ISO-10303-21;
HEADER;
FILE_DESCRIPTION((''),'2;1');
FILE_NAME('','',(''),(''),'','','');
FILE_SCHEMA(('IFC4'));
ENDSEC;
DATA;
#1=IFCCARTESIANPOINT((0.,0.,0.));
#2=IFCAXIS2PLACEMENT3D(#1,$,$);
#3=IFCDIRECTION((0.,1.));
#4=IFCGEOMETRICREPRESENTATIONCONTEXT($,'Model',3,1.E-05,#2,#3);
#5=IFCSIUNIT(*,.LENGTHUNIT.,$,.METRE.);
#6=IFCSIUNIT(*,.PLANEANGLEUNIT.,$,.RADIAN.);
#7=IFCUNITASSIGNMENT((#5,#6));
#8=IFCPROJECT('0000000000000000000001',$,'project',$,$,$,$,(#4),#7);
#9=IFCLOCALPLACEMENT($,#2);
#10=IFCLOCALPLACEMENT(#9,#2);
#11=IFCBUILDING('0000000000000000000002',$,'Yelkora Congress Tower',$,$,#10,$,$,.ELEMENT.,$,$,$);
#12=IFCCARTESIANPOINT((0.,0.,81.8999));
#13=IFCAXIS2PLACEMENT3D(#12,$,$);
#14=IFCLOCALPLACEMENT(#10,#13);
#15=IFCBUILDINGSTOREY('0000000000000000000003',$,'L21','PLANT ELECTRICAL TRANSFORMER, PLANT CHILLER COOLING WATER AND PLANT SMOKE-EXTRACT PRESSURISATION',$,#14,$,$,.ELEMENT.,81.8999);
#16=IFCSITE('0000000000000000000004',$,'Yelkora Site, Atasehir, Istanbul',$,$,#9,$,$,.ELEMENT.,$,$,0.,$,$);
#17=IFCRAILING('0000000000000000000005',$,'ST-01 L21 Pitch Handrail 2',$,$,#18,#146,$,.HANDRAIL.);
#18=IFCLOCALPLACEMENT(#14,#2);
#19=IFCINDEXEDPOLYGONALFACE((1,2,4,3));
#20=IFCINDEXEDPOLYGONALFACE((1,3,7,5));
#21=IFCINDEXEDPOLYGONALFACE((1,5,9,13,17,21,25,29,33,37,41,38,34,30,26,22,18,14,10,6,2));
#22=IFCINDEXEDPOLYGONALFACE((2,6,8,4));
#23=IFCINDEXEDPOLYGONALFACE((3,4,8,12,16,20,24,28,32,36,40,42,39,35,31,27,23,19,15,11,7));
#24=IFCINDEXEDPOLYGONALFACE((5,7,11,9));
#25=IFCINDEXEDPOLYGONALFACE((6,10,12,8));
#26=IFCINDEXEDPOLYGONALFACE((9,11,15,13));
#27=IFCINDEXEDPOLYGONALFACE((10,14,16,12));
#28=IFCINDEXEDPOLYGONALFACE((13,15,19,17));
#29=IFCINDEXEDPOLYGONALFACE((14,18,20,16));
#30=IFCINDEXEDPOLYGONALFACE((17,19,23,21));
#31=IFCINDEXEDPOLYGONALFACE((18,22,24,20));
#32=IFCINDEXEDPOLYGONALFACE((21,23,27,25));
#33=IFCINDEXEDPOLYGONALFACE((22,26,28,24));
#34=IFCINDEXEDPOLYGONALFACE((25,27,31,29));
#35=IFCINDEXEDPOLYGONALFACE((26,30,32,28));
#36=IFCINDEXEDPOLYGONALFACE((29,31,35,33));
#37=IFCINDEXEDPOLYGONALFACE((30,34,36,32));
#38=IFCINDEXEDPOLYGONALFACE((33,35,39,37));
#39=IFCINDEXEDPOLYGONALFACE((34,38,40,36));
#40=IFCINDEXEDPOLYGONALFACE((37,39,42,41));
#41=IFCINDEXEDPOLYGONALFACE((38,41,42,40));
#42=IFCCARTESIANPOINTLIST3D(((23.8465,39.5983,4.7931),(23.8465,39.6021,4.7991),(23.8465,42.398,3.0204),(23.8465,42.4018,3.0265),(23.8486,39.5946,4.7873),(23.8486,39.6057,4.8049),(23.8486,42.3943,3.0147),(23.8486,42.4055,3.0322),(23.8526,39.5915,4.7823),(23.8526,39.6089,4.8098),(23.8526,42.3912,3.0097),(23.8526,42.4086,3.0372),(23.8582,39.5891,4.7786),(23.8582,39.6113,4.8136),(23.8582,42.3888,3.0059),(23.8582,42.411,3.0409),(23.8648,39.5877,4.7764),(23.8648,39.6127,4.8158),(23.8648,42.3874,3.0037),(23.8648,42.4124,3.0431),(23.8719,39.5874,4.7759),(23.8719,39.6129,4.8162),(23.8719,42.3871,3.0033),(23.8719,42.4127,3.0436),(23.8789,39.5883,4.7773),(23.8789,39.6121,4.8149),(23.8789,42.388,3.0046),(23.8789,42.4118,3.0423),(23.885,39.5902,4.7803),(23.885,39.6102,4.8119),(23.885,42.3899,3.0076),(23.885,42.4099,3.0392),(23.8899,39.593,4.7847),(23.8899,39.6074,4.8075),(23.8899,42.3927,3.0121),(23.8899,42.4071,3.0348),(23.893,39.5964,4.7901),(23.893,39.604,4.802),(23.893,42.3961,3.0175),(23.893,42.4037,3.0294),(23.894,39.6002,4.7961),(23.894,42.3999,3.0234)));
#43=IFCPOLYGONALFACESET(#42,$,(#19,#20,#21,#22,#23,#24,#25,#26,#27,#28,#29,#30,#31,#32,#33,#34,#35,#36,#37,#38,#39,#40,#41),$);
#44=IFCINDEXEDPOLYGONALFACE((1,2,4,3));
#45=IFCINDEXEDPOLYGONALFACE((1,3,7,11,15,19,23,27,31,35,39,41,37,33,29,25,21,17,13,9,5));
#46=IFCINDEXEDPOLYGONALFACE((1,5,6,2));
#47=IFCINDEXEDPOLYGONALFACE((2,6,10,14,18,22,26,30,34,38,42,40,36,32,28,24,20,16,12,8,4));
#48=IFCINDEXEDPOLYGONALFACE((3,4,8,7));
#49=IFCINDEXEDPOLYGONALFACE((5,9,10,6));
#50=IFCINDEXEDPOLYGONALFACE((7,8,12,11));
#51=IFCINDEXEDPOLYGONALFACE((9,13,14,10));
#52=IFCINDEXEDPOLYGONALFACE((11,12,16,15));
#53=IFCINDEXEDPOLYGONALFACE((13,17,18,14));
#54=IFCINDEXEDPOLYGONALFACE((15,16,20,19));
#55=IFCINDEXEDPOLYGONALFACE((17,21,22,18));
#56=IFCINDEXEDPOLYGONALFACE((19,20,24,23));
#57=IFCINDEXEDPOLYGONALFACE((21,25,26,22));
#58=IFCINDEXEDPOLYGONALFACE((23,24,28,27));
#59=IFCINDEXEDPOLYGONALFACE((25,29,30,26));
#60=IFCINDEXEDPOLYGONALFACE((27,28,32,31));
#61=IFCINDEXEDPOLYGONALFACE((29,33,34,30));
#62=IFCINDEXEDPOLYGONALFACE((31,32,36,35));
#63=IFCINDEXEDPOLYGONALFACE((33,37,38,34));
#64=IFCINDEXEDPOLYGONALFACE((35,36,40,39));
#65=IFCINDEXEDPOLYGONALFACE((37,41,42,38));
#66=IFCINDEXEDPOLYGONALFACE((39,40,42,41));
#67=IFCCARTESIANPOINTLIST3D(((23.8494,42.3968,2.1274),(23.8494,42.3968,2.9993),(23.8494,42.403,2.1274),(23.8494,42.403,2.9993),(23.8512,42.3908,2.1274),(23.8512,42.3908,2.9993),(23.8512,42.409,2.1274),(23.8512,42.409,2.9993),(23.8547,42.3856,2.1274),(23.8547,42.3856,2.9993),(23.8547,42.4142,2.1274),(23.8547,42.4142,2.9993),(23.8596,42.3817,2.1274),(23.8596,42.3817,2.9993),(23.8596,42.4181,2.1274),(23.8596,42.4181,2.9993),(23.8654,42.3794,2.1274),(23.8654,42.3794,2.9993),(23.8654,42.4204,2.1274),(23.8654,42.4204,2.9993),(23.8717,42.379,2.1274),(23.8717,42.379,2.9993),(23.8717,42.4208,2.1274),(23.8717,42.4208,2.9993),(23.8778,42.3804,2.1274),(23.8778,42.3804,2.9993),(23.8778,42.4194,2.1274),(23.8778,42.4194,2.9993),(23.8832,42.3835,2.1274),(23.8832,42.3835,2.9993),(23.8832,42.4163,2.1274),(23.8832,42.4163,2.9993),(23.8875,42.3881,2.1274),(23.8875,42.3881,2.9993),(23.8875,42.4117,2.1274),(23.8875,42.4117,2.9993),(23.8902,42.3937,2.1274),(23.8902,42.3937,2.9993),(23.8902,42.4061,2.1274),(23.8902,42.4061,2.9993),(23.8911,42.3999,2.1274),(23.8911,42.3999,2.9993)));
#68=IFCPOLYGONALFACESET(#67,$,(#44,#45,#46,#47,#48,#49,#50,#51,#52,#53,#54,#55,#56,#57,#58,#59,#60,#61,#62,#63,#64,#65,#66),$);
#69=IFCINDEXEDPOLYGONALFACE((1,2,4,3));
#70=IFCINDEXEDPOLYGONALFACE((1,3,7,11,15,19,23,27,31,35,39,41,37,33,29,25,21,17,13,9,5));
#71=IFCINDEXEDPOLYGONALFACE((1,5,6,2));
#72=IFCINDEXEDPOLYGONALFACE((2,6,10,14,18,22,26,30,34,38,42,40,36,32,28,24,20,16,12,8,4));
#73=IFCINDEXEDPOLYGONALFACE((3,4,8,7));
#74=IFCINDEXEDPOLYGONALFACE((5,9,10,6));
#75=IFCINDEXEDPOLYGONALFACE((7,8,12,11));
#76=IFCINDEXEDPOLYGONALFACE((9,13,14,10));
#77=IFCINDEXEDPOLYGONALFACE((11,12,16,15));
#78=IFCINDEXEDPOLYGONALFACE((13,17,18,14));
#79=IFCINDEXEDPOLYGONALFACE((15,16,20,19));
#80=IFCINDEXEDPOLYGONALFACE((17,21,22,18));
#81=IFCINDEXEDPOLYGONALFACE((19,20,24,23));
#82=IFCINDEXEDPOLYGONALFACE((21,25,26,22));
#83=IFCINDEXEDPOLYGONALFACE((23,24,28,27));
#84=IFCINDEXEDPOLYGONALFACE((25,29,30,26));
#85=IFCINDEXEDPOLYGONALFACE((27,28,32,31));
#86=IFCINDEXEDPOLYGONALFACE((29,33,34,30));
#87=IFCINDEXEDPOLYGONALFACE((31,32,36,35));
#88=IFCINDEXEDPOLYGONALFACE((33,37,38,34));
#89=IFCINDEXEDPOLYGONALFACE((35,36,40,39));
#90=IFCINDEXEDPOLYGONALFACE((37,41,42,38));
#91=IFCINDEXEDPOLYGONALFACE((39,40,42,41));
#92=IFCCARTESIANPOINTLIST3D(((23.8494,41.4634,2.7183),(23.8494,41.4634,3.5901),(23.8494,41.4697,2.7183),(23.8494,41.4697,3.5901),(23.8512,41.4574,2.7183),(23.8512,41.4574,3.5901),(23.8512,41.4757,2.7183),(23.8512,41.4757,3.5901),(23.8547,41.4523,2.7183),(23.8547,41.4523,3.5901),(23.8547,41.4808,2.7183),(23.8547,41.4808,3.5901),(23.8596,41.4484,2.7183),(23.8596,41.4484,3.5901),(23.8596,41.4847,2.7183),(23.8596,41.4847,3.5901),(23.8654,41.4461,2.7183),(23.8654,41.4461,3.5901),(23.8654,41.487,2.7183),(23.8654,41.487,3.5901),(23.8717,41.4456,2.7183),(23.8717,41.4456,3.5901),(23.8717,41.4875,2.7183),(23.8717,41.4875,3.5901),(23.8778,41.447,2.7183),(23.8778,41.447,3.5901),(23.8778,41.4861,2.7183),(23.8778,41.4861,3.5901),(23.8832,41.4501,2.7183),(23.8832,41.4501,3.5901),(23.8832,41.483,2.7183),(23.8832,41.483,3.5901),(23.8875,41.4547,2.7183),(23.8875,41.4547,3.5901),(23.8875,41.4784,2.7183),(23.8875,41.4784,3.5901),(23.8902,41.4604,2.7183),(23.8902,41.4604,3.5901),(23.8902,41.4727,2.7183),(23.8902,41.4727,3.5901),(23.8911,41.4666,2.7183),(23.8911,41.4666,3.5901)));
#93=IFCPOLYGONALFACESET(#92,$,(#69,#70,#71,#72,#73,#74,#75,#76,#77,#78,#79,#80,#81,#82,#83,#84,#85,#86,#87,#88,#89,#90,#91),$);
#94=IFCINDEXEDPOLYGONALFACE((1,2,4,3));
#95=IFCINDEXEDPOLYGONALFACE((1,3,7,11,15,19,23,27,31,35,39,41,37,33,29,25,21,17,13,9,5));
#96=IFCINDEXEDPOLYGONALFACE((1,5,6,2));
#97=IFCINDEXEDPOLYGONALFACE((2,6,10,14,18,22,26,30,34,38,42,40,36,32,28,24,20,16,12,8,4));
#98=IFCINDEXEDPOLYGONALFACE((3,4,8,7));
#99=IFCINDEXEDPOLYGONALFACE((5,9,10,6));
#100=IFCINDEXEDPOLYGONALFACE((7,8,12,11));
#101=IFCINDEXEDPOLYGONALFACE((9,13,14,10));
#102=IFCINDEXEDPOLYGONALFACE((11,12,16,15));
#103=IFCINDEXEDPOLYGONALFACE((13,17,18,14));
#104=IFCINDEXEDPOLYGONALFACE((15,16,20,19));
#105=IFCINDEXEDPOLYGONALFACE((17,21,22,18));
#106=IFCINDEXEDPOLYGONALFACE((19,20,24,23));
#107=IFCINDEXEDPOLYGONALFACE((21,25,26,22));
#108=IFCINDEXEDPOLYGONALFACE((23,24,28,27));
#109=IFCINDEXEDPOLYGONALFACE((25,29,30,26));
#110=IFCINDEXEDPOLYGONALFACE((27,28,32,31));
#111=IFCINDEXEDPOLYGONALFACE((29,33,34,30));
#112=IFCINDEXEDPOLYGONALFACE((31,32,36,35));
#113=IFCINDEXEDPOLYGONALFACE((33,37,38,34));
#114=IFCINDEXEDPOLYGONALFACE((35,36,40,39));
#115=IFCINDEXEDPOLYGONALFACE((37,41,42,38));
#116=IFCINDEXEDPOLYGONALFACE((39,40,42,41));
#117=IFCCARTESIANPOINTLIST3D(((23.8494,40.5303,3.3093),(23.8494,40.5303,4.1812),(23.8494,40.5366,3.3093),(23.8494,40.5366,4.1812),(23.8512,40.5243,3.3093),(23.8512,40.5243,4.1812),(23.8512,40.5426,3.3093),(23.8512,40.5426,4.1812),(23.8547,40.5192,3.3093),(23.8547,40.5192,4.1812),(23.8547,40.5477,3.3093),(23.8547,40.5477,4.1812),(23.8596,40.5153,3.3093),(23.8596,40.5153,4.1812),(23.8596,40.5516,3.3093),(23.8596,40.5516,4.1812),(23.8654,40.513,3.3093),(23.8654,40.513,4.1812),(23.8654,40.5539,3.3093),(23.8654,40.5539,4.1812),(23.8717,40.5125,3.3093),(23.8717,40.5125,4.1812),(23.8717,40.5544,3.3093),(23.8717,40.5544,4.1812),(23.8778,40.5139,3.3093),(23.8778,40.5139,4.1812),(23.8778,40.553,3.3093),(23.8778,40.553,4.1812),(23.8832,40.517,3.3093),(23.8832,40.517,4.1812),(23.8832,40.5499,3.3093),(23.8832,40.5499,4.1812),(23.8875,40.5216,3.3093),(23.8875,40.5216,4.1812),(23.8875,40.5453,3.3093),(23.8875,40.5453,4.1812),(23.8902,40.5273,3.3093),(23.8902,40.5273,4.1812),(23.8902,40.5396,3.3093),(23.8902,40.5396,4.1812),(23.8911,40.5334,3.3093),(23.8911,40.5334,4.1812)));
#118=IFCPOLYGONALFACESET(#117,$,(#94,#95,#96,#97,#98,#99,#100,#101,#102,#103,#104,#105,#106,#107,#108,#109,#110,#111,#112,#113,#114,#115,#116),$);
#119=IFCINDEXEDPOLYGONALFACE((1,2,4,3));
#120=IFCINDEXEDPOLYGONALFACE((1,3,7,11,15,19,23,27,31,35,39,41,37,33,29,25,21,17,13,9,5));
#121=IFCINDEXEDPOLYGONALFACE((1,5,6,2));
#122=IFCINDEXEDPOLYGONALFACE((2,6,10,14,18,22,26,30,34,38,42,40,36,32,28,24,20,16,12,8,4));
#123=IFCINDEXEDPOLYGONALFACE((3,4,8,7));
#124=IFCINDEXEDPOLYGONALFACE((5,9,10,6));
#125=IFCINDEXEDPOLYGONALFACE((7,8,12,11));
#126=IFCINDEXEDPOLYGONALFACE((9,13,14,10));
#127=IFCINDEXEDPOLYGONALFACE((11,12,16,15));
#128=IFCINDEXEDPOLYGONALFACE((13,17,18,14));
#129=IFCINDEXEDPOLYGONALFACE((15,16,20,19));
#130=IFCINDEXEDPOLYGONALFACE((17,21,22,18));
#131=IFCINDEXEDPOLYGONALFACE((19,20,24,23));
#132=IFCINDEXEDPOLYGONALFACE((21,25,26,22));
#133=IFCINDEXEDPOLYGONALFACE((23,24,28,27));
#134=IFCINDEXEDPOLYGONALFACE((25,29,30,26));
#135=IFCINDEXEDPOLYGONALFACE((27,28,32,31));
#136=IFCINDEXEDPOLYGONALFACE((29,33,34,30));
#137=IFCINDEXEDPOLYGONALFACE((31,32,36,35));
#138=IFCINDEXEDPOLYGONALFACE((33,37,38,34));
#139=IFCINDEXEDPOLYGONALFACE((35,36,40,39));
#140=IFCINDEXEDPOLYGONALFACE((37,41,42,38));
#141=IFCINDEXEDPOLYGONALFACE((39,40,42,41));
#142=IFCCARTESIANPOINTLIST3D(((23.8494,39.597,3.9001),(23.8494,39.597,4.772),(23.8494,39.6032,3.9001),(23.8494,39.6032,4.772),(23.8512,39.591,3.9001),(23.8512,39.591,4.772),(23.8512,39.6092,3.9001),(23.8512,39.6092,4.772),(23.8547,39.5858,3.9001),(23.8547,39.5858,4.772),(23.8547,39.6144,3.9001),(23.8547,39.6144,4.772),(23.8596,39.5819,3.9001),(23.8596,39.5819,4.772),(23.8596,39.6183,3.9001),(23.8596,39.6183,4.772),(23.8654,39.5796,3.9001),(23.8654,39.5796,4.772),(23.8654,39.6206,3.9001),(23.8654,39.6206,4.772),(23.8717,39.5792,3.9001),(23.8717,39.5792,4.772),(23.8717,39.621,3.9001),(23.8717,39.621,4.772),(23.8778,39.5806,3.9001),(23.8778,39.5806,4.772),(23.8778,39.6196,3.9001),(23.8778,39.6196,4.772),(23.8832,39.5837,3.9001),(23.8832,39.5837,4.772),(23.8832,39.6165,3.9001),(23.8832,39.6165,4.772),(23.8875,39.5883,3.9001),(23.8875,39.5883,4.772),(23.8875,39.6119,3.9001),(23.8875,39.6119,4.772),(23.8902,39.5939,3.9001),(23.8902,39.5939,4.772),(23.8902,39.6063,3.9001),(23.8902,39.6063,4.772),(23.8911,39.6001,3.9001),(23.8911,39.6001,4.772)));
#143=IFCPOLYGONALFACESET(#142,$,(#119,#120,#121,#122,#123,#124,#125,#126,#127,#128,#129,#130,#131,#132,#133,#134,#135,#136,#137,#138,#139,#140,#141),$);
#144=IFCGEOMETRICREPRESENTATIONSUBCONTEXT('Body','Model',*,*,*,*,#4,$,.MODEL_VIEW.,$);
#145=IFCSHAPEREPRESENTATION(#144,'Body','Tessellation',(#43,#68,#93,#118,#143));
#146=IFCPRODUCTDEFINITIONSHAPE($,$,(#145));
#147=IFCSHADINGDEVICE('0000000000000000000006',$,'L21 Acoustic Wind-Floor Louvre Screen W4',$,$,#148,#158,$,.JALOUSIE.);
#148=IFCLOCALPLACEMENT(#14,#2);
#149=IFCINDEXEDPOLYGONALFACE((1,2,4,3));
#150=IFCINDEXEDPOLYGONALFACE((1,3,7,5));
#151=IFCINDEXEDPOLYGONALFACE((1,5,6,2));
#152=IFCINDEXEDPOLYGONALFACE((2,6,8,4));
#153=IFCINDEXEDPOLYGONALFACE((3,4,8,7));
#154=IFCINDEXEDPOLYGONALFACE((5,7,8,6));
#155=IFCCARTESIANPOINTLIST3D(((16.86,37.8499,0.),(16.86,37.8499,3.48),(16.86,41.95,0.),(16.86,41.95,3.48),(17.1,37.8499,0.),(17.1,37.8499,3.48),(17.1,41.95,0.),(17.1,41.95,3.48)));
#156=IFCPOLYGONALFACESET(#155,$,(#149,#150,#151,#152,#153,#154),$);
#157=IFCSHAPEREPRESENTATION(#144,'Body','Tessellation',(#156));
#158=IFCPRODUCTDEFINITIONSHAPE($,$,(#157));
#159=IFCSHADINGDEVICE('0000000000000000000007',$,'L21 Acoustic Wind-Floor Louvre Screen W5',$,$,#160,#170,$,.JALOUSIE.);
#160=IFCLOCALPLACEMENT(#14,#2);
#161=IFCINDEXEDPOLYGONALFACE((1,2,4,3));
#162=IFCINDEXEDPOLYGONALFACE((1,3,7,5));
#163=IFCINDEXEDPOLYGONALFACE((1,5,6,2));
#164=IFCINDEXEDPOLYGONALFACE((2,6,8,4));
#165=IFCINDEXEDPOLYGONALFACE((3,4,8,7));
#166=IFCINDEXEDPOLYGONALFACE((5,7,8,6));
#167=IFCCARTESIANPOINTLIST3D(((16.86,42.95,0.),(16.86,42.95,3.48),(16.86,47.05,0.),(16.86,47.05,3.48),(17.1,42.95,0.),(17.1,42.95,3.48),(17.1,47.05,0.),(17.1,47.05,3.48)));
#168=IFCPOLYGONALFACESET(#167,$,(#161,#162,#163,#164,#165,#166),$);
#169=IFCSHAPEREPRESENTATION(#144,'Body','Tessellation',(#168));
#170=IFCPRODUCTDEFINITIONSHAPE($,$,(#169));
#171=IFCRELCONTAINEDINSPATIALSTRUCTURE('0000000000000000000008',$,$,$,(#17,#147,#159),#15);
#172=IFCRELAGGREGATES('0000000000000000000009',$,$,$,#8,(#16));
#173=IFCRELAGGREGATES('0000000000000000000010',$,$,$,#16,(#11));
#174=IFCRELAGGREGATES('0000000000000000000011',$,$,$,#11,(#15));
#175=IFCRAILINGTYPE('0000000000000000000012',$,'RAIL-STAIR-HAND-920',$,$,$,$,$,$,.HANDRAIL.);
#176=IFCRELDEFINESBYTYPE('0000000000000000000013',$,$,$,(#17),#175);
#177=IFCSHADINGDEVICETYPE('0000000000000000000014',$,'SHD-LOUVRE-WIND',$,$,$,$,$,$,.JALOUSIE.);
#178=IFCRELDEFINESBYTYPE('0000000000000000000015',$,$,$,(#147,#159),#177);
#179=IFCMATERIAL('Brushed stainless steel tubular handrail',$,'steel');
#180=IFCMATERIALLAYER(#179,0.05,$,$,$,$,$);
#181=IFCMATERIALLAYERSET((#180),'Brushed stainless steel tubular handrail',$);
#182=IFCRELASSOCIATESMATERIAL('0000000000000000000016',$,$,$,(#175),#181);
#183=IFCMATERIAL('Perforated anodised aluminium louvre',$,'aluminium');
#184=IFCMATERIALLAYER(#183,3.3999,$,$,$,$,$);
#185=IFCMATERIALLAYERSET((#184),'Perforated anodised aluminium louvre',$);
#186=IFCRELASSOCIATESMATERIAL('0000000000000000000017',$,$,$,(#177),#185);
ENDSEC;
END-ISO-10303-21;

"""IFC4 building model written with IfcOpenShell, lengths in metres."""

from ifc_helpers import new_model, si_unit, direction, frame, origin, origin_2d, place, context, subcontext, project, spatial, rectangle, circle, extrude, material, layer, layer_set, type_object, element, save


model = new_model("IFC4")

# Units and contexts
model_context = context("Model", 3, precision=1e-05, world=origin(), true_north=direction((0.0, 1.0)))
body_context = subcontext(model_context, "Body", "Model", "MODEL_VIEW")
ifc_project = project(units=[si_unit("LENGTHUNIT", "METRE"), si_unit("PLANEANGLEUNIT", "RADIAN")], contexts=[model_context])

# Site, building, storey
site_placement = place(None, origin())
site = spatial("IfcSite", under=ifc_project, at=site_placement, Name="Yelkora Site, Atasehir, Istanbul", CompositionType="ELEMENT", RefElevation=0.0)
building_placement = place(site_placement, origin())
building = spatial("IfcBuilding", under=site, at=building_placement, Name="Yelkora Congress Tower", CompositionType="ELEMENT")
storey_placement = place(building_placement, frame((0.0, 0.0, 81.8999)))
storey = spatial("IfcBuildingStorey", under=building, at=storey_placement, Name="L21", Description="PLANT ELECTRICAL TRANSFORMER, PLANT CHILLER COOLING WATER AND PLANT SMOKE-EXTRACT PRESSURISATION", CompositionType="ELEMENT", Elevation=81.8999)

# Railing
ifc_material_1 = material(Name="Brushed stainless steel tubular handrail", Category="steel")
ifc_layer_1 = layer(ifc_material_1, 0.05)
ifc_layer_set_1 = layer_set([ifc_layer_1], Name="Brushed stainless steel tubular handrail")
railing_type_1 = type_object("IfcRailingType", Name="RAIL-STAIR-HAND-920", PredefinedType="HANDRAIL", material=ifc_layer_set_1)
railing_1_placement = place(storey_placement, frame((23.8701, 42.3999, 2.1274)))
element("IfcRailing", 1, at=railing_1_placement, inside=storey, type_object=railing_type_1, Name="ST-01 L21 Pitch Handrail 2", PredefinedType="HANDRAIL", context=body_context, shape_type="SweptSolid", body=[
    extrude(circle(Radius=0.0239, at=origin_2d()), frame((0.0, 0.0, 0.896), z_axis=(0.0, -0.844888, 0.534943), x_axis=(1.0, 0.0, 0.0)), (0.0, 0.0, 1.0), 3.3137),
    extrude(circle(Radius=0.021, at=origin_2d()), origin(), (0.0, 0.0, 1.0), 0.8718),
    extrude(circle(Radius=0.021, at=origin_2d()), frame((0.0, -0.9333, 0.5908)), (0.0, 0.0, 1.0), 0.8718),
    extrude(circle(Radius=0.021, at=origin_2d()), frame((0.0, -1.8665, 1.1819)), (0.0, 0.0, 1.0), 0.8718),
    extrude(circle(Radius=0.021, at=origin_2d()), frame((0.0, -2.7998, 1.7727)), (0.0, 0.0, 1.0), 0.8718),
])

# Shading devices
ifc_material_2 = material(Name="Perforated anodised aluminium louvre", Category="aluminium")
ifc_layer_2 = layer(ifc_material_2, 3.3999)
ifc_layer_set_2 = layer_set([ifc_layer_2], Name="Perforated anodised aluminium louvre")
shading_device_type = type_object("IfcShadingDeviceType", Name="SHD-LOUVRE-WIND", PredefinedType="JALOUSIE", material=ifc_layer_set_2)
for number, where, z_axis, x_axis, name in (
    (2, (16.98, 39.8999, 0.0), (0.0, 0.0, 1.0), (1.0, 0.0, 0.0), "L21 Acoustic Wind-Floor Louvre Screen W4"),
    (3, (16.98, 45.0, 0.0), (0.0, 0.0, 1.0), (1.0, 0.0, 0.0), "L21 Acoustic Wind-Floor Louvre Screen W5"),
):
    element("IfcShadingDevice", number, at=place(storey_placement, frame(where, z_axis=z_axis, x_axis=x_axis)), inside=storey, type_object=shading_device_type, Name=name, PredefinedType="JALOUSIE", context=body_context, shape_type="SweptSolid", body=[
        extrude(rectangle(XDim=0.24, YDim=4.1001, at=origin_2d()), origin(), (0.0, 0.0, 1.0), 3.48),
    ])

save(model, "model.ifc")
